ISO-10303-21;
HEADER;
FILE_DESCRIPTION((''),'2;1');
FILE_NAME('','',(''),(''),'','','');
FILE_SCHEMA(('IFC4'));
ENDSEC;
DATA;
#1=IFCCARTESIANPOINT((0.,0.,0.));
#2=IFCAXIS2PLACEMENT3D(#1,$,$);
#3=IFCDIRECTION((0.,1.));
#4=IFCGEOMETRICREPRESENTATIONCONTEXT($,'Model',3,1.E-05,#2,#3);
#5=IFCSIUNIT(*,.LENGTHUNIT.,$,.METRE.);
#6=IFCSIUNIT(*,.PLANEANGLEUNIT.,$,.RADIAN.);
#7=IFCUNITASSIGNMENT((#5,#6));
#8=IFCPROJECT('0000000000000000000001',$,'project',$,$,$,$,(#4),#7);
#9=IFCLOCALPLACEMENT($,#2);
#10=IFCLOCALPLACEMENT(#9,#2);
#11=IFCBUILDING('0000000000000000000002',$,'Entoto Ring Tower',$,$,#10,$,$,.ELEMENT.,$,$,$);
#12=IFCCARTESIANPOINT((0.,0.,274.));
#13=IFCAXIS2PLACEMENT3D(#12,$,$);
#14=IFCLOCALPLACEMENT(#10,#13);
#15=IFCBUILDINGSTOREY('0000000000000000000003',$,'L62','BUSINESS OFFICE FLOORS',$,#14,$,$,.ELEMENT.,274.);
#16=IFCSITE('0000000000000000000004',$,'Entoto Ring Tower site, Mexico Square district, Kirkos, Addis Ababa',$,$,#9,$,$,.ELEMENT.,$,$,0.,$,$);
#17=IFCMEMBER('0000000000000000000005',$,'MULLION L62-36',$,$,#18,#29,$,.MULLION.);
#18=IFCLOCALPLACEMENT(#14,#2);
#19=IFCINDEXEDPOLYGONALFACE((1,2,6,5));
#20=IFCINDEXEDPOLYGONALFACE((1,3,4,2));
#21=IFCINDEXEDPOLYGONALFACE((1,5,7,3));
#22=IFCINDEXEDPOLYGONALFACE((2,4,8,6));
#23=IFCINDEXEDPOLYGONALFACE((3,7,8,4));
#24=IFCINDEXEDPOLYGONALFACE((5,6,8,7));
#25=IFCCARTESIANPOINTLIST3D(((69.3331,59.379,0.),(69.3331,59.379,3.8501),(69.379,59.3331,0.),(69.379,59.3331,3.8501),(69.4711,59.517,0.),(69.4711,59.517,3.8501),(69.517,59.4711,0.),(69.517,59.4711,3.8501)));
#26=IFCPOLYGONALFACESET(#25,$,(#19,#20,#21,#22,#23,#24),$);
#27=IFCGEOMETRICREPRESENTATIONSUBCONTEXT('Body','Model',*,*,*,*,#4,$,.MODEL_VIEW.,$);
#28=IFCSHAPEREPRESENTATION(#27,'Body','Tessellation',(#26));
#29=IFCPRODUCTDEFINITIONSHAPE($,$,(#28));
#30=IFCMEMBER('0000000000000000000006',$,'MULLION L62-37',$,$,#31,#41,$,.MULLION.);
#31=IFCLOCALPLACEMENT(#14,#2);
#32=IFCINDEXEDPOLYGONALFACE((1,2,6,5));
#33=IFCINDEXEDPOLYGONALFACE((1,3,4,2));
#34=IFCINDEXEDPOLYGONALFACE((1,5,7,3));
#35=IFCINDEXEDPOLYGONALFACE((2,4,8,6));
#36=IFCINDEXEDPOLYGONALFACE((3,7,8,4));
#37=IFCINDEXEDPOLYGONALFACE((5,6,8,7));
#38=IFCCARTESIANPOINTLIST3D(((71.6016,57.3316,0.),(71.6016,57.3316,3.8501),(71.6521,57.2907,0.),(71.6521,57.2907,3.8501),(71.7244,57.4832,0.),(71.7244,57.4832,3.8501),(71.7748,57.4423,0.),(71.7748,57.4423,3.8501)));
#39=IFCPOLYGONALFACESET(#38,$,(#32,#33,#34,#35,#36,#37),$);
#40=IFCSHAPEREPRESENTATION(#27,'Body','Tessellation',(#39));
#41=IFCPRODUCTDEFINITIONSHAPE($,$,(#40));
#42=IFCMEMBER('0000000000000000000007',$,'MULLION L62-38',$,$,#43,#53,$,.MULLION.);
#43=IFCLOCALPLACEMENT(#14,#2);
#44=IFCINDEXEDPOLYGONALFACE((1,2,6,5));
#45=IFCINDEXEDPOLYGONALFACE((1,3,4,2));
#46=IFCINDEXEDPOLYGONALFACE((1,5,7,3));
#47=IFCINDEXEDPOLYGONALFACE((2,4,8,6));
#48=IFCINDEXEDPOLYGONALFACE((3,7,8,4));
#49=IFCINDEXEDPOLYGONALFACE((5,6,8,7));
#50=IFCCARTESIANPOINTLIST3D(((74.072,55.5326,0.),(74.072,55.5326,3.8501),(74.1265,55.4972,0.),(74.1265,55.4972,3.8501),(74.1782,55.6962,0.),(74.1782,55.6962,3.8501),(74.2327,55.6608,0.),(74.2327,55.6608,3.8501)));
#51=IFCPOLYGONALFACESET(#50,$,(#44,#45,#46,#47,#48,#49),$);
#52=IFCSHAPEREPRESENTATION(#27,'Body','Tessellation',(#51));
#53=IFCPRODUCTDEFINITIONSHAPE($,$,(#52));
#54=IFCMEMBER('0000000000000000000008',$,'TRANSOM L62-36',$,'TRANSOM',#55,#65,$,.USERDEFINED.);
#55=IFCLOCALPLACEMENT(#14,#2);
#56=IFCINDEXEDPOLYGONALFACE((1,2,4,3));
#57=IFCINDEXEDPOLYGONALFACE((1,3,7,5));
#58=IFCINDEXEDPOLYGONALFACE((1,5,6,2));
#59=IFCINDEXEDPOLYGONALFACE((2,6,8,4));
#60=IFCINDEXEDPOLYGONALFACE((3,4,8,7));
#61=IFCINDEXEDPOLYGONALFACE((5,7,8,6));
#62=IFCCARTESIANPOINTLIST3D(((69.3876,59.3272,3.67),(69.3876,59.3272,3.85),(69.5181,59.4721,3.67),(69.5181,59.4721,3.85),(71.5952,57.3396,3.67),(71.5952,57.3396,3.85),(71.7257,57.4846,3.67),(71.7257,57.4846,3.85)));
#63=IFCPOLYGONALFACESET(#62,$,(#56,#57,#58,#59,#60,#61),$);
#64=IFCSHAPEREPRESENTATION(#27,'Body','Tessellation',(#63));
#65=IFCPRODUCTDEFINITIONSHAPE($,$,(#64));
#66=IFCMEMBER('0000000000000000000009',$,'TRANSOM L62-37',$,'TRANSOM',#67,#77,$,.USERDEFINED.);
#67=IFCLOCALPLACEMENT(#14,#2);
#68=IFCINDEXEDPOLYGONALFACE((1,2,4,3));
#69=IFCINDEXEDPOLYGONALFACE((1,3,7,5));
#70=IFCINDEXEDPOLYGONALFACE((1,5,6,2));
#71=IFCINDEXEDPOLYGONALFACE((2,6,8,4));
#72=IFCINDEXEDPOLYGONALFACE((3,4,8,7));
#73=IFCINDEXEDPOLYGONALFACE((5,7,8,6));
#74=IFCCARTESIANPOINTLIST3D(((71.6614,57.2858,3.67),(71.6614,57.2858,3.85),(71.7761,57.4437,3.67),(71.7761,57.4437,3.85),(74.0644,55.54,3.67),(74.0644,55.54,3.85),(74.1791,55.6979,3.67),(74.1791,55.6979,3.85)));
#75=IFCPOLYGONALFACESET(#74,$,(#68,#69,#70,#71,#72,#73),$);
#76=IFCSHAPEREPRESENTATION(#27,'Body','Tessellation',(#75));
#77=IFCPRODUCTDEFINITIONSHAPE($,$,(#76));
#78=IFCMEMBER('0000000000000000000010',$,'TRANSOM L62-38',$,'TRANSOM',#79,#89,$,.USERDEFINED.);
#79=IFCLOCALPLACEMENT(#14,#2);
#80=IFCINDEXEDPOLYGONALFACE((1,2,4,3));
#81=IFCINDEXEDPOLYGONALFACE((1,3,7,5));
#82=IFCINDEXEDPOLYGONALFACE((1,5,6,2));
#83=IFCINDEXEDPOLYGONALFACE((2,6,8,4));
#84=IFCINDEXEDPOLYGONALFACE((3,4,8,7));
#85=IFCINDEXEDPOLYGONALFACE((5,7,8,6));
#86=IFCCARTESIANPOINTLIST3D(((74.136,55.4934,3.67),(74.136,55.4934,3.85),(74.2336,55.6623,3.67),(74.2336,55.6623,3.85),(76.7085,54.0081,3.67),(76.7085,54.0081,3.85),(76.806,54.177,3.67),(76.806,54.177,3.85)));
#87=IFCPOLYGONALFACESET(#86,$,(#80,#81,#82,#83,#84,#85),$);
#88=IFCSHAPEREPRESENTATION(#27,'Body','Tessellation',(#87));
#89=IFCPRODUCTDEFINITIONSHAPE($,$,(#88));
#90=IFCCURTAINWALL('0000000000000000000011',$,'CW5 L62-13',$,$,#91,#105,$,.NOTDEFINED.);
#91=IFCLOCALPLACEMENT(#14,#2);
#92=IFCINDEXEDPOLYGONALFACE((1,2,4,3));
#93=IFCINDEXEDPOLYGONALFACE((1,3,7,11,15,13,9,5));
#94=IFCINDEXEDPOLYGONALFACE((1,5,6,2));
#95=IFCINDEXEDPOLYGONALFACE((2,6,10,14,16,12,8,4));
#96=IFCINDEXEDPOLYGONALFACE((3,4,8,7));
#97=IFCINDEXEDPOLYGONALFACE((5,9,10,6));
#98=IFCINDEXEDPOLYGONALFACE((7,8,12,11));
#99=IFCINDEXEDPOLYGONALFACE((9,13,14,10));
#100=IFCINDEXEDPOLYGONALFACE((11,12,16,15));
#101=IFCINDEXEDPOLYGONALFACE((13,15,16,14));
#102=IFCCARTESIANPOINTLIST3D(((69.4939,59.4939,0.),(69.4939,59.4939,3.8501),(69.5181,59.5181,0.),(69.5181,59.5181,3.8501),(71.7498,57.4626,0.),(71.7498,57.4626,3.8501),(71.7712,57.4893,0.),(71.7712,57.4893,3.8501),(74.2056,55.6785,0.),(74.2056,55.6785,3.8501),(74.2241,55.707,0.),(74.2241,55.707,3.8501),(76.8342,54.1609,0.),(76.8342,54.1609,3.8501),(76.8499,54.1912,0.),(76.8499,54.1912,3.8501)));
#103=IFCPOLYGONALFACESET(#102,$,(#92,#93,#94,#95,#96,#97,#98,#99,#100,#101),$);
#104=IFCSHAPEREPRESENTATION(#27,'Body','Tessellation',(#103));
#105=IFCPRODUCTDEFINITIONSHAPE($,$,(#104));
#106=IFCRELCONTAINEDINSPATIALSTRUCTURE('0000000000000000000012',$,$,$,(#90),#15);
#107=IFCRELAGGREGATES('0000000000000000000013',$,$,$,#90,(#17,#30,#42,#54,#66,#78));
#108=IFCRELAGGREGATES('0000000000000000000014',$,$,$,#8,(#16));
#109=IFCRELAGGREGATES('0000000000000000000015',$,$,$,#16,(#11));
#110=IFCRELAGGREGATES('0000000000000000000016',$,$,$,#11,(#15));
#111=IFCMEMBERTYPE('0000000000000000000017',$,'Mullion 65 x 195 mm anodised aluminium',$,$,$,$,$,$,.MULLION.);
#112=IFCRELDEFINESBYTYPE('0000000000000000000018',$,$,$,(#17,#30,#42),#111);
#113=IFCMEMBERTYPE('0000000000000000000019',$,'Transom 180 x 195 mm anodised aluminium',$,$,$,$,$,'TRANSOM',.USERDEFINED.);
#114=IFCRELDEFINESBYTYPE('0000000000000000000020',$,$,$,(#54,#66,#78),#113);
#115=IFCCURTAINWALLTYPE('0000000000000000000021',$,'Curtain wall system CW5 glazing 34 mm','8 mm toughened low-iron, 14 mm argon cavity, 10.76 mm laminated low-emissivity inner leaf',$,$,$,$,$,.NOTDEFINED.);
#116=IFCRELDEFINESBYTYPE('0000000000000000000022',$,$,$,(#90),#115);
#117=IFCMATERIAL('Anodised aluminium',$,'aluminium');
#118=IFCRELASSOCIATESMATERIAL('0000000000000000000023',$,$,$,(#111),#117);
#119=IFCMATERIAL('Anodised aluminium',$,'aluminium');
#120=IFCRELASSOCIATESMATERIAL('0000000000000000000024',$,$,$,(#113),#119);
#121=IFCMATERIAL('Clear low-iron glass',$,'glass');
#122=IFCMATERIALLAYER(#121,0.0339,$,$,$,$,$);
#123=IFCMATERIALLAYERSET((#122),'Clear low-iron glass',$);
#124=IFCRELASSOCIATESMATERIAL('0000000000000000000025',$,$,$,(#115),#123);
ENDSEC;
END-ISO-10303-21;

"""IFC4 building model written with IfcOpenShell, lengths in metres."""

from ifc_helpers import new_model, si_unit, direction, frame, origin, origin_2d, place, context, subcontext, project, spatial, polyline, rectangle, outline, extrude, material, layer, layer_set, material_profile, profile_set, type_object, element, aggregate, save


model = new_model("IFC4")

# Units and contexts
model_context = context("Model", 3, precision=1e-05, world=origin(), true_north=direction((0.0, 1.0)))
body_context = subcontext(model_context, "Body", "Model", "MODEL_VIEW")
ifc_project = project(units=[si_unit("LENGTHUNIT", "METRE"), si_unit("PLANEANGLEUNIT", "RADIAN")], contexts=[model_context])

# Members
ifc_material_1 = material(Name="Anodised aluminium", Category="aluminium")
ifc_material_profile_1 = material_profile(ifc_material_1, rectangle(XDim=0.0649, YDim=0.1951, at=origin_2d()), Name="Mullion 65 x 195 mm anodised aluminium")
ifc_profile_set_1 = profile_set([ifc_material_profile_1], Name="Anodised aluminium")
member_type_1 = type_object("IfcMemberType", Name="Mullion 65 x 195 mm anodised aluminium", PredefinedType="MULLION", material=ifc_profile_set_1)
site_placement = place(None, origin())
building_placement = place(site_placement, origin())
storey_placement = place(building_placement, frame((0.0, 0.0, 274.0)))
member_1_placement = place(storey_placement, frame((69.425, 59.425, 0.0), z_axis=(0.0, 0.0, 1.0), x_axis=(0.707107, -0.707107, 0.0)))
member_1 = element("IfcMember", 1, at=member_1_placement, type_object=member_type_1, Name="MULLION L62-36", PredefinedType="MULLION", context=body_context, shape_type="SweptSolid", body=[
    extrude(rectangle(XDim=0.0649, YDim=0.1951, at=origin_2d()), origin(), (0.0, 0.0, 1.0), 3.8501),
])
member_2_placement = place(storey_placement, frame((71.6882, 57.387, 0.0), z_axis=(0.0, 0.0, 1.0), x_axis=(0.777146, -0.62932, 0.0)))
member_2 = element("IfcMember", 2, at=member_2_placement, type_object=member_type_1, Name="MULLION L62-37", PredefinedType="MULLION", context=body_context, shape_type="SweptSolid", body=[
    extrude(rectangle(XDim=0.0649, YDim=0.1951, at=origin_2d()), origin(), (0.0, 0.0, 1.0), 3.8501),
])
member_3_placement = place(storey_placement, frame((74.1523, 55.5967, 0.0), z_axis=(0.0, 0.0, 1.0), x_axis=(0.838671, -0.544639, 0.0)))
member_3 = element("IfcMember", 3, at=member_3_placement, type_object=member_type_1, Name="MULLION L62-38", PredefinedType="MULLION", context=body_context, shape_type="SweptSolid", body=[
    extrude(rectangle(XDim=0.0649, YDim=0.1951, at=origin_2d()), origin(), (0.0, 0.0, 1.0), 3.8501),
])
ifc_material_2 = material(Name="Anodised aluminium", Category="aluminium")
ifc_material_profile_2 = material_profile(ifc_material_2, rectangle(XDim=0.1951, YDim=0.1799, at=origin_2d()), Name="Transom 180 x 195 mm anodised aluminium")
ifc_profile_set_2 = profile_set([ifc_material_profile_2], Name="Anodised aluminium")
member_type_2 = type_object("IfcMemberType", Name="Transom 180 x 195 mm anodised aluminium", ElementType="TRANSOM", PredefinedType="USERDEFINED", material=ifc_profile_set_2)
member_4_placement = place(storey_placement, frame((69.4529, 59.3997, 3.76), z_axis=(0.743163, -0.66911, 0.0), x_axis=(0.66911, 0.743163, 0.0)))
member_4 = element("IfcMember", 4, at=member_4_placement, type_object=member_type_2, Name="TRANSOM L62-36", ObjectType="TRANSOM", PredefinedType="USERDEFINED", context=body_context, shape_type="SweptSolid", body=[
    extrude(rectangle(XDim=0.1951, YDim=0.1799, at=origin_2d()), origin(), (0.0, 0.0, 1.0), 2.9705),
])
member_5_placement = place(storey_placement, frame((71.7188, 57.3647, 3.76), z_axis=(0.809031, -0.587766, 0.0), x_axis=(0.587766, 0.809031, 0.0)))
member_5 = element("IfcMember", 5, at=member_5_placement, type_object=member_type_2, Name="TRANSOM L62-37", ObjectType="TRANSOM", PredefinedType="USERDEFINED", context=body_context, shape_type="SweptSolid", body=[
    extrude(rectangle(XDim=0.1951, YDim=0.1799, at=origin_2d()), origin(), (0.0, 0.0, 1.0), 2.9702),
])
member_6_placement = place(storey_placement, frame((74.1848, 55.5779, 3.76), z_axis=(0.866009, -0.500028, 0.0), x_axis=(0.500028, 0.866009, 0.0)))
member_6 = element("IfcMember", 6, at=member_6_placement, type_object=member_type_2, Name="TRANSOM L62-38", ObjectType="TRANSOM", PredefinedType="USERDEFINED", context=body_context, shape_type="SweptSolid", body=[
    extrude(rectangle(XDim=0.1951, YDim=0.1799, at=origin_2d()), origin(), (0.0, 0.0, 1.0), 2.9705),
])

# Site, building, storey
site = spatial("IfcSite", under=ifc_project, at=site_placement, Name="Entoto Ring Tower site, Mexico Square district, Kirkos, Addis Ababa", CompositionType="ELEMENT", RefElevation=0.0)
building = spatial("IfcBuilding", under=site, at=building_placement, Name="Entoto Ring Tower", CompositionType="ELEMENT")
storey = spatial("IfcBuildingStorey", under=building, at=storey_placement, Name="L62", Description="BUSINESS OFFICE FLOORS", CompositionType="ELEMENT", Elevation=274.0)

# Curtain wall
ifc_material_3 = material(Name="Clear low-iron glass", Category="glass")
ifc_layer = layer(ifc_material_3, 0.0339)
ifc_layer_set = layer_set([ifc_layer], Name="Clear low-iron glass")
curtain_wall_type = type_object("IfcCurtainWallType", Name="Curtain wall system CW5 glazing 34 mm", Description="8 mm toughened low-iron, 14 mm argon cavity, 10.76 mm laminated low-emissivity inner leaf", PredefinedType="NOTDEFINED", material=ifc_layer_set)
curtain_wall_1_placement = place(storey_placement, origin())
curtain_wall_1 = element("IfcCurtainWall", 7, at=curtain_wall_1_placement, inside=storey, type_object=curtain_wall_type, Name="CW5 L62-13", PredefinedType="NOTDEFINED", context=body_context, shape_type="SweptSolid", body=[
    extrude(outline(polyline([(69.4939, 59.4939), (71.7498, 57.4626), (74.2056, 55.6785), (76.8342, 54.1609), (76.8499, 54.1912), (74.2241, 55.707), (71.7712, 57.4893), (69.5181, 59.5181), (69.4939, 59.4939)])), origin(), (0.0, 0.0, 1.0), 3.8501),
])
aggregate(curtain_wall_1, [member_1, member_2, member_3, member_4, member_5, member_6])

save(model, "model.ifc")
